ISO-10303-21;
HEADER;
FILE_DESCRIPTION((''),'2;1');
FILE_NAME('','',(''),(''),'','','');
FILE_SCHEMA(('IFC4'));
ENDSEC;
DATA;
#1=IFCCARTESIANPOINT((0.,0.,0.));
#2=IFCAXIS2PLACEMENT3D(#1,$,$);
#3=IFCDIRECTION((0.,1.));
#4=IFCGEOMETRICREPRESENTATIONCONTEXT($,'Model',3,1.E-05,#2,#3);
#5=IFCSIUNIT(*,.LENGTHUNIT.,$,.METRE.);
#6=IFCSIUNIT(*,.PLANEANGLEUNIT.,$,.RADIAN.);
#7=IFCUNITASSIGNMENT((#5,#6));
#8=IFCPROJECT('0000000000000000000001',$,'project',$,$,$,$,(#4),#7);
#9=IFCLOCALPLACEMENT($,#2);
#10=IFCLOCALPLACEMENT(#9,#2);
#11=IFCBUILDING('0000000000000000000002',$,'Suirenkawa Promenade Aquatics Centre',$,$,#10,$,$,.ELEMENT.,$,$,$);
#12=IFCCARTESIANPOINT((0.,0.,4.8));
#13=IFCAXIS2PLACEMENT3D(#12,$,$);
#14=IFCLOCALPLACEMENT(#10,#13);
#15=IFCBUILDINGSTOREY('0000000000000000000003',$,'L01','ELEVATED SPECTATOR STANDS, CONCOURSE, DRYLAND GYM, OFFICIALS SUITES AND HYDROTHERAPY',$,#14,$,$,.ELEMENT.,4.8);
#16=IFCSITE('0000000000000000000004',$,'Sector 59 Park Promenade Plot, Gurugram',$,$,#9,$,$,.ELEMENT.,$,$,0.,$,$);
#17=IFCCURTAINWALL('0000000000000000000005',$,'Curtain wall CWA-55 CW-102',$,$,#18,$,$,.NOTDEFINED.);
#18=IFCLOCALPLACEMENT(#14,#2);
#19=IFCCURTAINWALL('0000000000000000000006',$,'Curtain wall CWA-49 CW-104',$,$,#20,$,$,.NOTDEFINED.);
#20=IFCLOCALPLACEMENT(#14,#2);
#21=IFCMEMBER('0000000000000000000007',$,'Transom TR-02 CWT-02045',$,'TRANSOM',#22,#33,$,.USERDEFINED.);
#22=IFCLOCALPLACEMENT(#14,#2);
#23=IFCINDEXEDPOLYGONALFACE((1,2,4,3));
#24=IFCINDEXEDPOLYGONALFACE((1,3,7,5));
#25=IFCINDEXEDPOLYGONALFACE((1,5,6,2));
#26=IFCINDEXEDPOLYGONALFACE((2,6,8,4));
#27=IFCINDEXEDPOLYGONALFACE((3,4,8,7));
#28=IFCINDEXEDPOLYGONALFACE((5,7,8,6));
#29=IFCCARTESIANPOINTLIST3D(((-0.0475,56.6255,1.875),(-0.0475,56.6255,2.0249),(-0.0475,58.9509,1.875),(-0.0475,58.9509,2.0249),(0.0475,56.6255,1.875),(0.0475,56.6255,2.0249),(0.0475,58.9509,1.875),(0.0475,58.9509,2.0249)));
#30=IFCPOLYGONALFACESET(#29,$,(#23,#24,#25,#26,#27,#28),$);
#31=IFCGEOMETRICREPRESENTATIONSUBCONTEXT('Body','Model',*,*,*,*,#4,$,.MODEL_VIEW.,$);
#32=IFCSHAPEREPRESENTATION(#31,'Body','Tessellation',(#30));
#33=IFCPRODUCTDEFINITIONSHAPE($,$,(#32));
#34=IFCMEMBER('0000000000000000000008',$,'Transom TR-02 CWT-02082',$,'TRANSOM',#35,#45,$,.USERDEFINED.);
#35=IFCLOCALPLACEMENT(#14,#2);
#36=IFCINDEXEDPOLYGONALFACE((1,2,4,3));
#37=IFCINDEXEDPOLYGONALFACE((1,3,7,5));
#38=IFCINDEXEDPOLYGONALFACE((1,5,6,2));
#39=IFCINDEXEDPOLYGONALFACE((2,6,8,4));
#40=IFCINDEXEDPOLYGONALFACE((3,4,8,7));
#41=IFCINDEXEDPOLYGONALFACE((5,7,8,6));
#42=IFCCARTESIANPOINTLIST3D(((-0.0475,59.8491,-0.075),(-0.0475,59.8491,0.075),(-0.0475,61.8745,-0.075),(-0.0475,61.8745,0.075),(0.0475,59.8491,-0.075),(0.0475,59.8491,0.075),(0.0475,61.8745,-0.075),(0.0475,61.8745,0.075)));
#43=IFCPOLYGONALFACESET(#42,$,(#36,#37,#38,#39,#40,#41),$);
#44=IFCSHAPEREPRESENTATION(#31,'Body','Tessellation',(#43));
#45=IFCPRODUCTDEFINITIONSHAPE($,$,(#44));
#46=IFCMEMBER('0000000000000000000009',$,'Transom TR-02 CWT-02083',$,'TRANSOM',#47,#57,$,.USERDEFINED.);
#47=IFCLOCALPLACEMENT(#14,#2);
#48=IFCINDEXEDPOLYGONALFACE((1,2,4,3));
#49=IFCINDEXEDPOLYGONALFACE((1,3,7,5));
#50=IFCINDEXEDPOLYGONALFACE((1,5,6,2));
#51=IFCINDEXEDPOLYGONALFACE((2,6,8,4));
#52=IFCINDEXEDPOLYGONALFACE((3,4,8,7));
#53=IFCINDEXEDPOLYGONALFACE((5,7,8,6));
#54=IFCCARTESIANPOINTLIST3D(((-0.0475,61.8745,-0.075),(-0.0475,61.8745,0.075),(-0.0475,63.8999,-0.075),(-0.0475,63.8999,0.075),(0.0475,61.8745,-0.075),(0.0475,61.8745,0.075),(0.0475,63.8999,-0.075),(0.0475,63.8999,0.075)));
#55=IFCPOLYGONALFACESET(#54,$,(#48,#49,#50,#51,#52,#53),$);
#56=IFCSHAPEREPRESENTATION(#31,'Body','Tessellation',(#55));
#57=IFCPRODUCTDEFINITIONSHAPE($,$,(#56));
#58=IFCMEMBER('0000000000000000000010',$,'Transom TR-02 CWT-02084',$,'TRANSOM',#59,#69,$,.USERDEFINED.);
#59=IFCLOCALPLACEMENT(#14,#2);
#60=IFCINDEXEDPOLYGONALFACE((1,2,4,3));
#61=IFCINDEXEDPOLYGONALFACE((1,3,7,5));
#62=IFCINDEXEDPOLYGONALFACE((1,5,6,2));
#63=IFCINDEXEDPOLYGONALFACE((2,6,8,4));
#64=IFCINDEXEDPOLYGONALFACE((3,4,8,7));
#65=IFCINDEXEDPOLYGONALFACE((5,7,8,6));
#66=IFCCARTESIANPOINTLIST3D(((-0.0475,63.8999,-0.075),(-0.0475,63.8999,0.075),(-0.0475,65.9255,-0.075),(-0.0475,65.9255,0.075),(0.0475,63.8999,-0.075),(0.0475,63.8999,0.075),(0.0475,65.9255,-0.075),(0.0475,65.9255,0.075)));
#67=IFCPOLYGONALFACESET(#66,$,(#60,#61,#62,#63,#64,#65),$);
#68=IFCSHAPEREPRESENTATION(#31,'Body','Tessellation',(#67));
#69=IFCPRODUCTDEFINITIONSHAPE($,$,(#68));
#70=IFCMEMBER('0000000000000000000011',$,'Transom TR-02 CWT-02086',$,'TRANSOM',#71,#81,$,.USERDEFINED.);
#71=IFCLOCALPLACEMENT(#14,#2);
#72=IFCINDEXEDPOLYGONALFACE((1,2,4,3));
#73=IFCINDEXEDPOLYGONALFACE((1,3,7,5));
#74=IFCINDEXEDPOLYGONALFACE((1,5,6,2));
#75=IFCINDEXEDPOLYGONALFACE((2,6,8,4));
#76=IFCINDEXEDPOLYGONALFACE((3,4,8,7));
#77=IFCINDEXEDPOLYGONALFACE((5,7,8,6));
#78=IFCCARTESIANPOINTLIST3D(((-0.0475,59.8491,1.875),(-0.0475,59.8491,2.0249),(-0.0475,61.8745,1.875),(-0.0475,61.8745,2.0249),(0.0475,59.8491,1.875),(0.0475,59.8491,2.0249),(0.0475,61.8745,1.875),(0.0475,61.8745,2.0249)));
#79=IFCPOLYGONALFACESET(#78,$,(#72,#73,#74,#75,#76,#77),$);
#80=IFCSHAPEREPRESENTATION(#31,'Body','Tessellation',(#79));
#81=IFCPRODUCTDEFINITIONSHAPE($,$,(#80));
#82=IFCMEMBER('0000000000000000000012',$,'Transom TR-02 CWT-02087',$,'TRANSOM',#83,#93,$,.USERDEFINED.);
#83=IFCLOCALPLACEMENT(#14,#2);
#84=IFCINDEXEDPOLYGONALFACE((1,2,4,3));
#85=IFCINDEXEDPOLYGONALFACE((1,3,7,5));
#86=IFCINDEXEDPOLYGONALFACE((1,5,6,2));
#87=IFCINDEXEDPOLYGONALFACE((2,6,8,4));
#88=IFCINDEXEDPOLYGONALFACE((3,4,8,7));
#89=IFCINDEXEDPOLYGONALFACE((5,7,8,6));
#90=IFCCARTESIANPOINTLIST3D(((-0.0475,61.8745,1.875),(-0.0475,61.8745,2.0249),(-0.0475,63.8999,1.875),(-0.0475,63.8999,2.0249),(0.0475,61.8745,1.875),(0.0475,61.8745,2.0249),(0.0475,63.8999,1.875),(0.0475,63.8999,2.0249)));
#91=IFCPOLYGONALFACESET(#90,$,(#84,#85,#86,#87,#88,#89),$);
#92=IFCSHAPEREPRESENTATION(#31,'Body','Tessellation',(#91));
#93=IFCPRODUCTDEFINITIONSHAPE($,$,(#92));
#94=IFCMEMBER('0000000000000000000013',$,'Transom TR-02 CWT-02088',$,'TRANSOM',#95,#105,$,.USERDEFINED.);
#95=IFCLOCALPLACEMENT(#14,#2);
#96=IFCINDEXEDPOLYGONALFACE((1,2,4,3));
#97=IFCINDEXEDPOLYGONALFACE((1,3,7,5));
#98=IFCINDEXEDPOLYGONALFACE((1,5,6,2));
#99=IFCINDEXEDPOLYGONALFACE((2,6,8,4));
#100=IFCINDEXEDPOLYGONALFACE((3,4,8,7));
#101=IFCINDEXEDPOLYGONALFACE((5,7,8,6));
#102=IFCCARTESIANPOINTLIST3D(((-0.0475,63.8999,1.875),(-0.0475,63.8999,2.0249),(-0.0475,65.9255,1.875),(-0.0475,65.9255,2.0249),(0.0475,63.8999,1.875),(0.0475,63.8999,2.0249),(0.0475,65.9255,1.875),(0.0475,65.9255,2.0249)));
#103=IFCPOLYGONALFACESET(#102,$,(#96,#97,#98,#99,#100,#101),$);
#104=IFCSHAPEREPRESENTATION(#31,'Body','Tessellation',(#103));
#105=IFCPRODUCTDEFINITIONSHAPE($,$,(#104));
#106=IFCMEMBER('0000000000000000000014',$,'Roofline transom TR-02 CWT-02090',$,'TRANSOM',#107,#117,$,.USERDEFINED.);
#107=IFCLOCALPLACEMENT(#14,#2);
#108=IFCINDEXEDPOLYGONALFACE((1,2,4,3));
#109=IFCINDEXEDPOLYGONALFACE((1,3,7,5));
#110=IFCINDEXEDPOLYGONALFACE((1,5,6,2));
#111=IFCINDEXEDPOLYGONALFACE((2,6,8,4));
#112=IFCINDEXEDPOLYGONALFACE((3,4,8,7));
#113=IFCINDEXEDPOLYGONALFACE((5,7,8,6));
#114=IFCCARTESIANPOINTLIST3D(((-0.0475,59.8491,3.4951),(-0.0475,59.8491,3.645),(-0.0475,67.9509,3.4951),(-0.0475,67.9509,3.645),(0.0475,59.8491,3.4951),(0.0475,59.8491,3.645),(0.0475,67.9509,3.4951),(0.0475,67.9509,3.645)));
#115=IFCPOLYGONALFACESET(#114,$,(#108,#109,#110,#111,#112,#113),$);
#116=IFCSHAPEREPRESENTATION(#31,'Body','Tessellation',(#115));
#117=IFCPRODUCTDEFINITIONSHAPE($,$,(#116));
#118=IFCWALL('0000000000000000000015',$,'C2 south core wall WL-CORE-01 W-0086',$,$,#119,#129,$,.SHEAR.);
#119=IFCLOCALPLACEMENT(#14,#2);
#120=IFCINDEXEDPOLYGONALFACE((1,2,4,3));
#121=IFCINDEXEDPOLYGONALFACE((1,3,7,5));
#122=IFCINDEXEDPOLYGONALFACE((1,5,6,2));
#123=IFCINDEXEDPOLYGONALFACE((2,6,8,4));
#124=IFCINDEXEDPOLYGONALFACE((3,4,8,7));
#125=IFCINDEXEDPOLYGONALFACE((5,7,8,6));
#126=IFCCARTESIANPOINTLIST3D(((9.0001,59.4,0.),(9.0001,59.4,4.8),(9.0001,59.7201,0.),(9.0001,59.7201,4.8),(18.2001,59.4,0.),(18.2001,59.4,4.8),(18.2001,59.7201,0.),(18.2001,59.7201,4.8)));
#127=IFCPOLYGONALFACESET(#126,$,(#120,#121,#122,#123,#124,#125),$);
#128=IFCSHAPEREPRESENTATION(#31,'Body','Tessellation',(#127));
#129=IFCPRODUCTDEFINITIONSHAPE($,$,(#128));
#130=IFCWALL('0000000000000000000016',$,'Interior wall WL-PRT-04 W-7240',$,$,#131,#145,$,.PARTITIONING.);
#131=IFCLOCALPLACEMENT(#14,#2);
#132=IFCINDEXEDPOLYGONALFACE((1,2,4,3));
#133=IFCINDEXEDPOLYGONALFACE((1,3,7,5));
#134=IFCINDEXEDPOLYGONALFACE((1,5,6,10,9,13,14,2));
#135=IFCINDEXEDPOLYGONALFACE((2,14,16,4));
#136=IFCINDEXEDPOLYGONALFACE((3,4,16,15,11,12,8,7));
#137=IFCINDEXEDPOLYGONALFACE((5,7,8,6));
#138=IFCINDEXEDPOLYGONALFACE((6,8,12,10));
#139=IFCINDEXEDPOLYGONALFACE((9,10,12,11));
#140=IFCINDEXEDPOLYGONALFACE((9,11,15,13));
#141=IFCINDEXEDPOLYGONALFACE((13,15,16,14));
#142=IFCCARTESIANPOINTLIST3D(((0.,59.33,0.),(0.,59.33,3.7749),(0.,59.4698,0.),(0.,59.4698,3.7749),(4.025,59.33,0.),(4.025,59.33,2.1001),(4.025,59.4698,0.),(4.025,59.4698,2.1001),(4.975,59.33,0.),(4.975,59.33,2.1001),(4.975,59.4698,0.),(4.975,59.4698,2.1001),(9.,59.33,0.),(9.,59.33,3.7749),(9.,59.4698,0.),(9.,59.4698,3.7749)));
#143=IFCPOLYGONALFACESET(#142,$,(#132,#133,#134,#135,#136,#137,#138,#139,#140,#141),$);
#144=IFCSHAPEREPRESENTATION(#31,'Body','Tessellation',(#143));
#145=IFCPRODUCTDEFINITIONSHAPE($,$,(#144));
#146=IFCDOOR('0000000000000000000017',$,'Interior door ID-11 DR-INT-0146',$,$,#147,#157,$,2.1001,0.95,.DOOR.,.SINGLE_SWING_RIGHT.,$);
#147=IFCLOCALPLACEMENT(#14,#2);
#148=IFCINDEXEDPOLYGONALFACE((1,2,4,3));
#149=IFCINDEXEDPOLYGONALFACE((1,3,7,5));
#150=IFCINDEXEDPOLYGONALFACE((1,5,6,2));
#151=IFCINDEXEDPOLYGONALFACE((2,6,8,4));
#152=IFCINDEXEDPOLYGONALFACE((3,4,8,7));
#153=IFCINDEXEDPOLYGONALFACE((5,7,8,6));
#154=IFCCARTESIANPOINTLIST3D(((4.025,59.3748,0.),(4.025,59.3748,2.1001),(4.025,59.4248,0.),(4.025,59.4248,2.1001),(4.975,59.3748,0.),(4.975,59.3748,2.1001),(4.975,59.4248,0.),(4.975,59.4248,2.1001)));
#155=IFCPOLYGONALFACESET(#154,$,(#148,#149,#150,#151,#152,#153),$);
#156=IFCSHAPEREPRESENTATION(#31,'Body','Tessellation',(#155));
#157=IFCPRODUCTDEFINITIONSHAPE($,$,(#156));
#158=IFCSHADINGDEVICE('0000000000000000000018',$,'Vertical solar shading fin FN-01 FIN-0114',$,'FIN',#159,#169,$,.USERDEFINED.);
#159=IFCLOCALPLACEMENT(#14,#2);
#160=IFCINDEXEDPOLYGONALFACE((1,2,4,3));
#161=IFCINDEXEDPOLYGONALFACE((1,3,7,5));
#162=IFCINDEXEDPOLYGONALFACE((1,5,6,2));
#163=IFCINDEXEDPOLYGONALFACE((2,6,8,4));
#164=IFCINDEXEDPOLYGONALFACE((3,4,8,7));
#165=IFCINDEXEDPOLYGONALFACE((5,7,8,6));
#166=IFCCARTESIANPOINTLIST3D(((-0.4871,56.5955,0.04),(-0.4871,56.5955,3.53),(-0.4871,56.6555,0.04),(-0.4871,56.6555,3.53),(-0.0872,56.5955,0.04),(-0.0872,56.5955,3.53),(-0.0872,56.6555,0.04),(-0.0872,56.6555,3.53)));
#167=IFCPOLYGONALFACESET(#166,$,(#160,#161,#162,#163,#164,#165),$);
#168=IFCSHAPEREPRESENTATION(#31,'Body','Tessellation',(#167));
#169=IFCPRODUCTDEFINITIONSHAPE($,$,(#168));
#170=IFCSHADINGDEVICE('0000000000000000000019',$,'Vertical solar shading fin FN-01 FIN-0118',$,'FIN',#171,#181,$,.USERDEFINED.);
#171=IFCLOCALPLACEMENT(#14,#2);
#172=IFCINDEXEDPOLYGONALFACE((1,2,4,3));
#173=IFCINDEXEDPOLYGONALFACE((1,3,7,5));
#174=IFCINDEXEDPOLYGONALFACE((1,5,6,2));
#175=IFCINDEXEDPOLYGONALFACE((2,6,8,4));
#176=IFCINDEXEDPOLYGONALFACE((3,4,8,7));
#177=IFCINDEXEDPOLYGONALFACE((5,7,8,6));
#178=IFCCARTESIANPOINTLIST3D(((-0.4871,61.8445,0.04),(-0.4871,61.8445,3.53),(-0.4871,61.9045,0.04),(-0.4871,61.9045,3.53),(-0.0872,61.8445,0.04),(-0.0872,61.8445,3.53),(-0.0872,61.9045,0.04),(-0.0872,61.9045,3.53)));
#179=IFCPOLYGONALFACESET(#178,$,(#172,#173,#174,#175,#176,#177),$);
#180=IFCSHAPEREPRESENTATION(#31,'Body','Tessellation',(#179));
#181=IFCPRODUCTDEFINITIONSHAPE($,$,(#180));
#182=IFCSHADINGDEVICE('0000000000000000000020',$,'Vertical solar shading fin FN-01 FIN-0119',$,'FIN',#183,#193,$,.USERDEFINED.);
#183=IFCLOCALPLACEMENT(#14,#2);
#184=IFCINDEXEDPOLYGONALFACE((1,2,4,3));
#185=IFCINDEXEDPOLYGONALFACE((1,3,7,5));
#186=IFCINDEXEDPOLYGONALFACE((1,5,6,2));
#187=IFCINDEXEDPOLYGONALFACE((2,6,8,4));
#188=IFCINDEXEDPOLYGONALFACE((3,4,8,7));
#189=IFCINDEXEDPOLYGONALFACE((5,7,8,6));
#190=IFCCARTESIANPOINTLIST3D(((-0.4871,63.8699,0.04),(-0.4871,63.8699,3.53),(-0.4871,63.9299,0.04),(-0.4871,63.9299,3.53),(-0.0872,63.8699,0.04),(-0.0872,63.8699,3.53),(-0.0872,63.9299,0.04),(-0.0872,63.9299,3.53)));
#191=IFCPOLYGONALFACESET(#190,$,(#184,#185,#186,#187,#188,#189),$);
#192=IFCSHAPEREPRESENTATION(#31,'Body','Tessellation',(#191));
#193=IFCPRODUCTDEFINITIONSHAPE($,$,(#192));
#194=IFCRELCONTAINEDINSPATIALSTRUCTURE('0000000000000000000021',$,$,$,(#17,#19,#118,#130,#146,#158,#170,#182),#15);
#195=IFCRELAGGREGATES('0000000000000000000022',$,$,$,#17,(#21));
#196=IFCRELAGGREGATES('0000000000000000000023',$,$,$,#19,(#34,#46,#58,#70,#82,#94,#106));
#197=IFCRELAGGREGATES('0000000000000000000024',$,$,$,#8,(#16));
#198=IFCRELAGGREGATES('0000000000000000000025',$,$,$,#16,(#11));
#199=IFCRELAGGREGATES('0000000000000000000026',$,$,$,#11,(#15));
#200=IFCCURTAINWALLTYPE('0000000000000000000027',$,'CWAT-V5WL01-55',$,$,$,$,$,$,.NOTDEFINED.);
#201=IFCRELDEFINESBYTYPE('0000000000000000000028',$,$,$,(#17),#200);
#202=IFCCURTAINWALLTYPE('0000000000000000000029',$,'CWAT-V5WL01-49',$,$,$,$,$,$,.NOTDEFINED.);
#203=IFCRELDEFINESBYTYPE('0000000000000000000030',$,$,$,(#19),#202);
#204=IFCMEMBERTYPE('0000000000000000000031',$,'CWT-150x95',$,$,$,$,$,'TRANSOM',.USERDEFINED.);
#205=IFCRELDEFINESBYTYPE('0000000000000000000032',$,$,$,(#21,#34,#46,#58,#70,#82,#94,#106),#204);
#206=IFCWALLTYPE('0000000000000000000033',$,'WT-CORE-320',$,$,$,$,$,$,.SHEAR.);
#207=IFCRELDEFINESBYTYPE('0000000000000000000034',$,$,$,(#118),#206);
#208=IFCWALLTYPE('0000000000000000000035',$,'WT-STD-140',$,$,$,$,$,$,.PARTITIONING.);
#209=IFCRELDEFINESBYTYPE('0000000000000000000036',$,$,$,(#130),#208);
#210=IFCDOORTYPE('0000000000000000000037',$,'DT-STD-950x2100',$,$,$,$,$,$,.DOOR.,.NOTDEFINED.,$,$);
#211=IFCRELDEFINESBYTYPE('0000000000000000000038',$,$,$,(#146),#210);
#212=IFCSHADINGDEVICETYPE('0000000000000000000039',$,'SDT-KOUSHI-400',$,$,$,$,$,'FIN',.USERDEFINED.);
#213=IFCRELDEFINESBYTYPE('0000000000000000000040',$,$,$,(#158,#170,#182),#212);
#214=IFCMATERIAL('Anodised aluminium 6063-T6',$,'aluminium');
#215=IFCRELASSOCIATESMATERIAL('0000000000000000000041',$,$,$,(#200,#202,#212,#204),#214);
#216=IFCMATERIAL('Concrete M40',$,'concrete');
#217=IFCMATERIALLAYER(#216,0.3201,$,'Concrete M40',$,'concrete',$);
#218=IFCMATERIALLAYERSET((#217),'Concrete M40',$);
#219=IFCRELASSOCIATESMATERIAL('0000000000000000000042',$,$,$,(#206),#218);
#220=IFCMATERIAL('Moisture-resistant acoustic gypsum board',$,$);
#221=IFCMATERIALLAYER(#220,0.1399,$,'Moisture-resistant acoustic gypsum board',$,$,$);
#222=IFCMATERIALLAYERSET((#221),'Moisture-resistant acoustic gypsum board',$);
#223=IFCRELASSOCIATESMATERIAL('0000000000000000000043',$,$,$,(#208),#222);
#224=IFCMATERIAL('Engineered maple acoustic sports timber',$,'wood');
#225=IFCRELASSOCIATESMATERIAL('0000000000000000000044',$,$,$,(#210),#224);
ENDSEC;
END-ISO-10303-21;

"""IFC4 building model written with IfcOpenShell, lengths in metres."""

from ifc_helpers import new_model, si_unit, direction, frame, frame_2d, origin, origin_2d, place, context, subcontext, project, spatial, rectangle, extrude, material, layer, layer_set, material_profile, profile_set, type_object, element, fill, aggregate, save


model = new_model("IFC4")

# Units and contexts
model_context = context("Model", 3, precision=1e-05, world=origin(), true_north=direction((0.0, 1.0)))
body_context = subcontext(model_context, "Body", "Model", "MODEL_VIEW")
ifc_project = project(units=[si_unit("LENGTHUNIT", "METRE"), si_unit("PLANEANGLEUNIT", "RADIAN")], contexts=[model_context])

# Site, building, storey
site_placement = place(None, origin())
site = spatial("IfcSite", under=ifc_project, at=site_placement, Name="Sector 59 Park Promenade Plot, Gurugram", CompositionType="ELEMENT", RefElevation=0.0)
building_placement = place(site_placement, origin())
building = spatial("IfcBuilding", under=site, at=building_placement, Name="Suirenkawa Promenade Aquatics Centre", CompositionType="ELEMENT")
storey_placement = place(building_placement, frame((0.0, 0.0, 4.8)))
storey = spatial("IfcBuildingStorey", under=building, at=storey_placement, Name="L01", Description="ELEVATED SPECTATOR STANDS, CONCOURSE, DRYLAND GYM, OFFICIALS SUITES AND HYDROTHERAPY", CompositionType="ELEMENT", Elevation=4.8)

# Shared definitions
ifc_material_1 = material(Name="Concrete M40", Category="concrete")

# Curtain walls
ifc_material_2 = material(Name="Anodised aluminium 6063-T6", Category="aluminium")
curtain_wall_type_1 = type_object("IfcCurtainWallType", Name="CWAT-V5WL01-55", PredefinedType="NOTDEFINED", material=ifc_material_2)
curtain_wall_1_placement = place(storey_placement, origin())
curtain_wall_1 = element("IfcCurtainWall", 1, at=curtain_wall_1_placement, inside=storey, type_object=curtain_wall_type_1, Name="Curtain wall CWA-55 CW-102", PredefinedType="NOTDEFINED")
curtain_wall_type_2 = type_object("IfcCurtainWallType", Name="CWAT-V5WL01-49", PredefinedType="NOTDEFINED", material=ifc_material_2)
curtain_wall_2_placement = place(storey_placement, origin())
curtain_wall_2 = element("IfcCurtainWall", 2, at=curtain_wall_2_placement, inside=storey, type_object=curtain_wall_type_2, Name="Curtain wall CWA-49 CW-104", PredefinedType="NOTDEFINED")

# Members
ifc_material_profile_1 = material_profile(ifc_material_2, rectangle(XDim=0.095, YDim=0.1499, at=origin_2d()), Name="ALU TRAN 95x150", Category="aluminium")
ifc_profile_set_1 = profile_set([ifc_material_profile_1], Name="Anodised aluminium 6063-T6")
member_type_1 = type_object("IfcMemberType", Name="CWT-150x95", ElementType="TRANSOM", PredefinedType="USERDEFINED", material=ifc_profile_set_1)
member_1_placement = place(storey_placement, frame((0.0, 56.6255, 1.95), z_axis=(0.0, 1.0, 0.0), x_axis=(-1.0, 0.0, 0.0)))
member_1 = element("IfcMember", 3, at=member_1_placement, type_object=member_type_1, Name="Transom TR-02 CWT-02045", ObjectType="TRANSOM", PredefinedType="USERDEFINED", context=body_context, shape_type="SweptSolid", body=[
    extrude(rectangle(XDim=0.095, YDim=0.1499, at=origin_2d()), origin(), (0.0, 0.0, 1.0), 2.3254),
])
member_2_placement = place(storey_placement, frame((0.0, 59.8491, 0.0), z_axis=(0.0, 1.0, 0.0), x_axis=(-1.0, 0.0, 0.0)))
member_2 = element("IfcMember", 4, at=member_2_placement, type_object=member_type_1, Name="Transom TR-02 CWT-02082", ObjectType="TRANSOM", PredefinedType="USERDEFINED", context=body_context, shape_type="SweptSolid", body=[
    extrude(rectangle(XDim=0.095, YDim=0.1499, at=origin_2d()), origin(), (0.0, 0.0, 1.0), 2.0254),
])
member_3_placement = place(storey_placement, frame((0.0, 61.8745, 0.0), z_axis=(0.0, 1.0, 0.0), x_axis=(-1.0, 0.0, 0.0)))
member_3 = element("IfcMember", 5, at=member_3_placement, type_object=member_type_1, Name="Transom TR-02 CWT-02083", ObjectType="TRANSOM", PredefinedType="USERDEFINED", context=body_context, shape_type="SweptSolid", body=[
    extrude(rectangle(XDim=0.095, YDim=0.1499, at=origin_2d()), origin(), (0.0, 0.0, 1.0), 2.0254),
])
member_4_placement = place(storey_placement, frame((0.0, 63.8999, 0.0), z_axis=(0.0, 1.0, 0.0), x_axis=(-1.0, 0.0, 0.0)))
member_4 = element("IfcMember", 6, at=member_4_placement, type_object=member_type_1, Name="Transom TR-02 CWT-02084", ObjectType="TRANSOM", PredefinedType="USERDEFINED", context=body_context, shape_type="SweptSolid", body=[
    extrude(rectangle(XDim=0.095, YDim=0.1499, at=origin_2d()), origin(), (0.0, 0.0, 1.0), 2.0256),
])
member_5_placement = place(storey_placement, frame((0.0, 59.8491, 1.95), z_axis=(0.0, 1.0, 0.0), x_axis=(-1.0, 0.0, 0.0)))
member_5 = element("IfcMember", 7, at=member_5_placement, type_object=member_type_1, Name="Transom TR-02 CWT-02086", ObjectType="TRANSOM", PredefinedType="USERDEFINED", context=body_context, shape_type="SweptSolid", body=[
    extrude(rectangle(XDim=0.095, YDim=0.1499, at=origin_2d()), origin(), (0.0, 0.0, 1.0), 2.0254),
])
member_6_placement = place(storey_placement, frame((0.0, 61.8745, 1.95), z_axis=(0.0, 1.0, 0.0), x_axis=(-1.0, 0.0, 0.0)))
member_6 = element("IfcMember", 8, at=member_6_placement, type_object=member_type_1, Name="Transom TR-02 CWT-02087", ObjectType="TRANSOM", PredefinedType="USERDEFINED", context=body_context, shape_type="SweptSolid", body=[
    extrude(rectangle(XDim=0.095, YDim=0.1499, at=origin_2d()), origin(), (0.0, 0.0, 1.0), 2.0254),
])
member_7_placement = place(storey_placement, frame((0.0, 63.8999, 1.95), z_axis=(0.0, 1.0, 0.0), x_axis=(-1.0, 0.0, 0.0)))
member_7 = element("IfcMember", 9, at=member_7_placement, type_object=member_type_1, Name="Transom TR-02 CWT-02088", ObjectType="TRANSOM", PredefinedType="USERDEFINED", context=body_context, shape_type="SweptSolid", body=[
    extrude(rectangle(XDim=0.095, YDim=0.1499, at=origin_2d()), origin(), (0.0, 0.0, 1.0), 2.0256),
])
member_8_placement = place(storey_placement, frame((0.0, 59.8491, 3.5701), z_axis=(0.0, 1.0, 0.0), x_axis=(-1.0, 0.0, 0.0)))
member_8 = element("IfcMember", 10, at=member_8_placement, type_object=member_type_1, Name="Roofline transom TR-02 CWT-02090", ObjectType="TRANSOM", PredefinedType="USERDEFINED", context=body_context, shape_type="SweptSolid", body=[
    extrude(rectangle(XDim=0.095, YDim=0.1499, at=origin_2d()), origin(), (0.0, 0.0, 1.0), 8.1018),
])

aggregate(curtain_wall_1, [member_1])
aggregate(curtain_wall_2, [member_2, member_3, member_4, member_5, member_6, member_7, member_8])

# Wall
ifc_layer_1 = layer(ifc_material_1, 0.3201, Name="Concrete M40", Category="concrete")
ifc_layer_set_1 = layer_set([ifc_layer_1], Name="Concrete M40")
wall_type_1 = type_object("IfcWallType", Name="WT-CORE-320", PredefinedType="SHEAR", material=ifc_layer_set_1)
wall_1_placement = place(storey_placement, frame((9.0, 59.5601, 0.0), z_axis=(0.0, 0.0, 1.0), x_axis=(1.0, 0.0, 0.0)))
element("IfcWall", 11, at=wall_1_placement, inside=storey, type_object=wall_type_1, Name="C2 south core wall WL-CORE-01 W-0086", PredefinedType="SHEAR", context=body_context, shape_type="SweptSolid", body=[
    extrude(rectangle(XDim=9.2, YDim=0.3201, at=frame_2d((4.6001, 0.0))), origin(), (0.0, 0.0, 1.0), 4.8),
])

# Wall, opening, door
ifc_material_3 = material(Name="Moisture-resistant acoustic gypsum board")
ifc_layer_2 = layer(ifc_material_3, 0.1399, Name="Moisture-resistant acoustic gypsum board")
ifc_layer_set_2 = layer_set([ifc_layer_2], Name="Moisture-resistant acoustic gypsum board")
wall_type_2 = type_object("IfcWallType", Name="WT-STD-140", PredefinedType="PARTITIONING", material=ifc_layer_set_2)
wall_2_placement = place(storey_placement, frame((0.0, 59.3999, 0.0), z_axis=(0.0, 0.0, 1.0), x_axis=(1.0, 0.0, 0.0)))
wall_2 = element("IfcWall", 12, at=wall_2_placement, inside=storey, type_object=wall_type_2, Name="Interior wall WL-PRT-04 W-7240", PredefinedType="PARTITIONING", context=body_context, shape_type="SweptSolid", body=[
    extrude(rectangle(XDim=9.0, YDim=0.1399, at=frame_2d((4.5, 0.0))), origin(), (0.0, 0.0, 1.0), 3.7749),
])
opening_placement = place(wall_2_placement, frame((4.0249, 0.0, 0.0)))
opening = element("IfcOpeningElement", 13, at=opening_placement, cuts=wall_2, PredefinedType="OPENING", context=body_context, shape_type="SweptSolid", body=[
    extrude(rectangle(XDim=0.95, YDim=2.1001, at=frame_2d((0.4751, 1.05))), frame((0.0, 0.0798, 0.0), z_axis=(0.0, -1.0, 0.0), x_axis=(1.0, 0.0, 0.0)), (0.0, 0.0, 1.0), 0.1599),
])
ifc_material_4 = material(Name="Engineered maple acoustic sports timber", Category="wood")
door_type = type_object("IfcDoorType", Name="DT-STD-950x2100", OperationType="NOTDEFINED", PredefinedType="DOOR", material=ifc_material_4)
door_placement = place(opening_placement, origin())
door = element("IfcDoor", 14, at=door_placement, inside=storey, type_object=door_type, Name="Interior door ID-11 DR-INT-0146", OperationType="SINGLE_SWING_RIGHT", OverallHeight=2.1001, OverallWidth=0.95, PredefinedType="DOOR", context=body_context, shape_type="SweptSolid", body=[
    extrude(rectangle(XDim=0.95, YDim=2.1001, at=frame_2d((0.4751, 1.05))), frame((0.0, 0.0249, 0.0), z_axis=(0.0, -1.0, 0.0), x_axis=(1.0, 0.0, 0.0)), (0.0, 0.0, 1.0), 0.05),
])
fill(opening, door)

# Shading devices
shading_device_type = type_object("IfcShadingDeviceType", Name="SDT-KOUSHI-400", ElementType="FIN", PredefinedType="USERDEFINED", material=ifc_material_2)
for number, where, z_axis, x_axis, name in (
    (15, (-0.2871, 56.6255, 0.04), (0.0, 0.0, 1.0), (-1.0, 0.0, 0.0), "Vertical solar shading fin FN-01 FIN-0114"),
    (16, (-0.2871, 61.8745, 0.04), (0.0, 0.0, 1.0), (-1.0, 0.0, 0.0), "Vertical solar shading fin FN-01 FIN-0118"),
    (17, (-0.2871, 63.8999, 0.04), (0.0, 0.0, 1.0), (-1.0, 0.0, 0.0), "Vertical solar shading fin FN-01 FIN-0119"),
):
    element("IfcShadingDevice", number, at=place(storey_placement, frame(where, z_axis=z_axis, x_axis=x_axis)), inside=storey, type_object=shading_device_type, Name=name, ObjectType="FIN", PredefinedType="USERDEFINED", context=body_context, shape_type="SweptSolid", body=[
        extrude(rectangle(XDim=0.3999, YDim=0.0601, at=origin_2d()), origin(), (0.0, 0.0, 1.0), 3.49),
    ])

save(model, "model.ifc")
